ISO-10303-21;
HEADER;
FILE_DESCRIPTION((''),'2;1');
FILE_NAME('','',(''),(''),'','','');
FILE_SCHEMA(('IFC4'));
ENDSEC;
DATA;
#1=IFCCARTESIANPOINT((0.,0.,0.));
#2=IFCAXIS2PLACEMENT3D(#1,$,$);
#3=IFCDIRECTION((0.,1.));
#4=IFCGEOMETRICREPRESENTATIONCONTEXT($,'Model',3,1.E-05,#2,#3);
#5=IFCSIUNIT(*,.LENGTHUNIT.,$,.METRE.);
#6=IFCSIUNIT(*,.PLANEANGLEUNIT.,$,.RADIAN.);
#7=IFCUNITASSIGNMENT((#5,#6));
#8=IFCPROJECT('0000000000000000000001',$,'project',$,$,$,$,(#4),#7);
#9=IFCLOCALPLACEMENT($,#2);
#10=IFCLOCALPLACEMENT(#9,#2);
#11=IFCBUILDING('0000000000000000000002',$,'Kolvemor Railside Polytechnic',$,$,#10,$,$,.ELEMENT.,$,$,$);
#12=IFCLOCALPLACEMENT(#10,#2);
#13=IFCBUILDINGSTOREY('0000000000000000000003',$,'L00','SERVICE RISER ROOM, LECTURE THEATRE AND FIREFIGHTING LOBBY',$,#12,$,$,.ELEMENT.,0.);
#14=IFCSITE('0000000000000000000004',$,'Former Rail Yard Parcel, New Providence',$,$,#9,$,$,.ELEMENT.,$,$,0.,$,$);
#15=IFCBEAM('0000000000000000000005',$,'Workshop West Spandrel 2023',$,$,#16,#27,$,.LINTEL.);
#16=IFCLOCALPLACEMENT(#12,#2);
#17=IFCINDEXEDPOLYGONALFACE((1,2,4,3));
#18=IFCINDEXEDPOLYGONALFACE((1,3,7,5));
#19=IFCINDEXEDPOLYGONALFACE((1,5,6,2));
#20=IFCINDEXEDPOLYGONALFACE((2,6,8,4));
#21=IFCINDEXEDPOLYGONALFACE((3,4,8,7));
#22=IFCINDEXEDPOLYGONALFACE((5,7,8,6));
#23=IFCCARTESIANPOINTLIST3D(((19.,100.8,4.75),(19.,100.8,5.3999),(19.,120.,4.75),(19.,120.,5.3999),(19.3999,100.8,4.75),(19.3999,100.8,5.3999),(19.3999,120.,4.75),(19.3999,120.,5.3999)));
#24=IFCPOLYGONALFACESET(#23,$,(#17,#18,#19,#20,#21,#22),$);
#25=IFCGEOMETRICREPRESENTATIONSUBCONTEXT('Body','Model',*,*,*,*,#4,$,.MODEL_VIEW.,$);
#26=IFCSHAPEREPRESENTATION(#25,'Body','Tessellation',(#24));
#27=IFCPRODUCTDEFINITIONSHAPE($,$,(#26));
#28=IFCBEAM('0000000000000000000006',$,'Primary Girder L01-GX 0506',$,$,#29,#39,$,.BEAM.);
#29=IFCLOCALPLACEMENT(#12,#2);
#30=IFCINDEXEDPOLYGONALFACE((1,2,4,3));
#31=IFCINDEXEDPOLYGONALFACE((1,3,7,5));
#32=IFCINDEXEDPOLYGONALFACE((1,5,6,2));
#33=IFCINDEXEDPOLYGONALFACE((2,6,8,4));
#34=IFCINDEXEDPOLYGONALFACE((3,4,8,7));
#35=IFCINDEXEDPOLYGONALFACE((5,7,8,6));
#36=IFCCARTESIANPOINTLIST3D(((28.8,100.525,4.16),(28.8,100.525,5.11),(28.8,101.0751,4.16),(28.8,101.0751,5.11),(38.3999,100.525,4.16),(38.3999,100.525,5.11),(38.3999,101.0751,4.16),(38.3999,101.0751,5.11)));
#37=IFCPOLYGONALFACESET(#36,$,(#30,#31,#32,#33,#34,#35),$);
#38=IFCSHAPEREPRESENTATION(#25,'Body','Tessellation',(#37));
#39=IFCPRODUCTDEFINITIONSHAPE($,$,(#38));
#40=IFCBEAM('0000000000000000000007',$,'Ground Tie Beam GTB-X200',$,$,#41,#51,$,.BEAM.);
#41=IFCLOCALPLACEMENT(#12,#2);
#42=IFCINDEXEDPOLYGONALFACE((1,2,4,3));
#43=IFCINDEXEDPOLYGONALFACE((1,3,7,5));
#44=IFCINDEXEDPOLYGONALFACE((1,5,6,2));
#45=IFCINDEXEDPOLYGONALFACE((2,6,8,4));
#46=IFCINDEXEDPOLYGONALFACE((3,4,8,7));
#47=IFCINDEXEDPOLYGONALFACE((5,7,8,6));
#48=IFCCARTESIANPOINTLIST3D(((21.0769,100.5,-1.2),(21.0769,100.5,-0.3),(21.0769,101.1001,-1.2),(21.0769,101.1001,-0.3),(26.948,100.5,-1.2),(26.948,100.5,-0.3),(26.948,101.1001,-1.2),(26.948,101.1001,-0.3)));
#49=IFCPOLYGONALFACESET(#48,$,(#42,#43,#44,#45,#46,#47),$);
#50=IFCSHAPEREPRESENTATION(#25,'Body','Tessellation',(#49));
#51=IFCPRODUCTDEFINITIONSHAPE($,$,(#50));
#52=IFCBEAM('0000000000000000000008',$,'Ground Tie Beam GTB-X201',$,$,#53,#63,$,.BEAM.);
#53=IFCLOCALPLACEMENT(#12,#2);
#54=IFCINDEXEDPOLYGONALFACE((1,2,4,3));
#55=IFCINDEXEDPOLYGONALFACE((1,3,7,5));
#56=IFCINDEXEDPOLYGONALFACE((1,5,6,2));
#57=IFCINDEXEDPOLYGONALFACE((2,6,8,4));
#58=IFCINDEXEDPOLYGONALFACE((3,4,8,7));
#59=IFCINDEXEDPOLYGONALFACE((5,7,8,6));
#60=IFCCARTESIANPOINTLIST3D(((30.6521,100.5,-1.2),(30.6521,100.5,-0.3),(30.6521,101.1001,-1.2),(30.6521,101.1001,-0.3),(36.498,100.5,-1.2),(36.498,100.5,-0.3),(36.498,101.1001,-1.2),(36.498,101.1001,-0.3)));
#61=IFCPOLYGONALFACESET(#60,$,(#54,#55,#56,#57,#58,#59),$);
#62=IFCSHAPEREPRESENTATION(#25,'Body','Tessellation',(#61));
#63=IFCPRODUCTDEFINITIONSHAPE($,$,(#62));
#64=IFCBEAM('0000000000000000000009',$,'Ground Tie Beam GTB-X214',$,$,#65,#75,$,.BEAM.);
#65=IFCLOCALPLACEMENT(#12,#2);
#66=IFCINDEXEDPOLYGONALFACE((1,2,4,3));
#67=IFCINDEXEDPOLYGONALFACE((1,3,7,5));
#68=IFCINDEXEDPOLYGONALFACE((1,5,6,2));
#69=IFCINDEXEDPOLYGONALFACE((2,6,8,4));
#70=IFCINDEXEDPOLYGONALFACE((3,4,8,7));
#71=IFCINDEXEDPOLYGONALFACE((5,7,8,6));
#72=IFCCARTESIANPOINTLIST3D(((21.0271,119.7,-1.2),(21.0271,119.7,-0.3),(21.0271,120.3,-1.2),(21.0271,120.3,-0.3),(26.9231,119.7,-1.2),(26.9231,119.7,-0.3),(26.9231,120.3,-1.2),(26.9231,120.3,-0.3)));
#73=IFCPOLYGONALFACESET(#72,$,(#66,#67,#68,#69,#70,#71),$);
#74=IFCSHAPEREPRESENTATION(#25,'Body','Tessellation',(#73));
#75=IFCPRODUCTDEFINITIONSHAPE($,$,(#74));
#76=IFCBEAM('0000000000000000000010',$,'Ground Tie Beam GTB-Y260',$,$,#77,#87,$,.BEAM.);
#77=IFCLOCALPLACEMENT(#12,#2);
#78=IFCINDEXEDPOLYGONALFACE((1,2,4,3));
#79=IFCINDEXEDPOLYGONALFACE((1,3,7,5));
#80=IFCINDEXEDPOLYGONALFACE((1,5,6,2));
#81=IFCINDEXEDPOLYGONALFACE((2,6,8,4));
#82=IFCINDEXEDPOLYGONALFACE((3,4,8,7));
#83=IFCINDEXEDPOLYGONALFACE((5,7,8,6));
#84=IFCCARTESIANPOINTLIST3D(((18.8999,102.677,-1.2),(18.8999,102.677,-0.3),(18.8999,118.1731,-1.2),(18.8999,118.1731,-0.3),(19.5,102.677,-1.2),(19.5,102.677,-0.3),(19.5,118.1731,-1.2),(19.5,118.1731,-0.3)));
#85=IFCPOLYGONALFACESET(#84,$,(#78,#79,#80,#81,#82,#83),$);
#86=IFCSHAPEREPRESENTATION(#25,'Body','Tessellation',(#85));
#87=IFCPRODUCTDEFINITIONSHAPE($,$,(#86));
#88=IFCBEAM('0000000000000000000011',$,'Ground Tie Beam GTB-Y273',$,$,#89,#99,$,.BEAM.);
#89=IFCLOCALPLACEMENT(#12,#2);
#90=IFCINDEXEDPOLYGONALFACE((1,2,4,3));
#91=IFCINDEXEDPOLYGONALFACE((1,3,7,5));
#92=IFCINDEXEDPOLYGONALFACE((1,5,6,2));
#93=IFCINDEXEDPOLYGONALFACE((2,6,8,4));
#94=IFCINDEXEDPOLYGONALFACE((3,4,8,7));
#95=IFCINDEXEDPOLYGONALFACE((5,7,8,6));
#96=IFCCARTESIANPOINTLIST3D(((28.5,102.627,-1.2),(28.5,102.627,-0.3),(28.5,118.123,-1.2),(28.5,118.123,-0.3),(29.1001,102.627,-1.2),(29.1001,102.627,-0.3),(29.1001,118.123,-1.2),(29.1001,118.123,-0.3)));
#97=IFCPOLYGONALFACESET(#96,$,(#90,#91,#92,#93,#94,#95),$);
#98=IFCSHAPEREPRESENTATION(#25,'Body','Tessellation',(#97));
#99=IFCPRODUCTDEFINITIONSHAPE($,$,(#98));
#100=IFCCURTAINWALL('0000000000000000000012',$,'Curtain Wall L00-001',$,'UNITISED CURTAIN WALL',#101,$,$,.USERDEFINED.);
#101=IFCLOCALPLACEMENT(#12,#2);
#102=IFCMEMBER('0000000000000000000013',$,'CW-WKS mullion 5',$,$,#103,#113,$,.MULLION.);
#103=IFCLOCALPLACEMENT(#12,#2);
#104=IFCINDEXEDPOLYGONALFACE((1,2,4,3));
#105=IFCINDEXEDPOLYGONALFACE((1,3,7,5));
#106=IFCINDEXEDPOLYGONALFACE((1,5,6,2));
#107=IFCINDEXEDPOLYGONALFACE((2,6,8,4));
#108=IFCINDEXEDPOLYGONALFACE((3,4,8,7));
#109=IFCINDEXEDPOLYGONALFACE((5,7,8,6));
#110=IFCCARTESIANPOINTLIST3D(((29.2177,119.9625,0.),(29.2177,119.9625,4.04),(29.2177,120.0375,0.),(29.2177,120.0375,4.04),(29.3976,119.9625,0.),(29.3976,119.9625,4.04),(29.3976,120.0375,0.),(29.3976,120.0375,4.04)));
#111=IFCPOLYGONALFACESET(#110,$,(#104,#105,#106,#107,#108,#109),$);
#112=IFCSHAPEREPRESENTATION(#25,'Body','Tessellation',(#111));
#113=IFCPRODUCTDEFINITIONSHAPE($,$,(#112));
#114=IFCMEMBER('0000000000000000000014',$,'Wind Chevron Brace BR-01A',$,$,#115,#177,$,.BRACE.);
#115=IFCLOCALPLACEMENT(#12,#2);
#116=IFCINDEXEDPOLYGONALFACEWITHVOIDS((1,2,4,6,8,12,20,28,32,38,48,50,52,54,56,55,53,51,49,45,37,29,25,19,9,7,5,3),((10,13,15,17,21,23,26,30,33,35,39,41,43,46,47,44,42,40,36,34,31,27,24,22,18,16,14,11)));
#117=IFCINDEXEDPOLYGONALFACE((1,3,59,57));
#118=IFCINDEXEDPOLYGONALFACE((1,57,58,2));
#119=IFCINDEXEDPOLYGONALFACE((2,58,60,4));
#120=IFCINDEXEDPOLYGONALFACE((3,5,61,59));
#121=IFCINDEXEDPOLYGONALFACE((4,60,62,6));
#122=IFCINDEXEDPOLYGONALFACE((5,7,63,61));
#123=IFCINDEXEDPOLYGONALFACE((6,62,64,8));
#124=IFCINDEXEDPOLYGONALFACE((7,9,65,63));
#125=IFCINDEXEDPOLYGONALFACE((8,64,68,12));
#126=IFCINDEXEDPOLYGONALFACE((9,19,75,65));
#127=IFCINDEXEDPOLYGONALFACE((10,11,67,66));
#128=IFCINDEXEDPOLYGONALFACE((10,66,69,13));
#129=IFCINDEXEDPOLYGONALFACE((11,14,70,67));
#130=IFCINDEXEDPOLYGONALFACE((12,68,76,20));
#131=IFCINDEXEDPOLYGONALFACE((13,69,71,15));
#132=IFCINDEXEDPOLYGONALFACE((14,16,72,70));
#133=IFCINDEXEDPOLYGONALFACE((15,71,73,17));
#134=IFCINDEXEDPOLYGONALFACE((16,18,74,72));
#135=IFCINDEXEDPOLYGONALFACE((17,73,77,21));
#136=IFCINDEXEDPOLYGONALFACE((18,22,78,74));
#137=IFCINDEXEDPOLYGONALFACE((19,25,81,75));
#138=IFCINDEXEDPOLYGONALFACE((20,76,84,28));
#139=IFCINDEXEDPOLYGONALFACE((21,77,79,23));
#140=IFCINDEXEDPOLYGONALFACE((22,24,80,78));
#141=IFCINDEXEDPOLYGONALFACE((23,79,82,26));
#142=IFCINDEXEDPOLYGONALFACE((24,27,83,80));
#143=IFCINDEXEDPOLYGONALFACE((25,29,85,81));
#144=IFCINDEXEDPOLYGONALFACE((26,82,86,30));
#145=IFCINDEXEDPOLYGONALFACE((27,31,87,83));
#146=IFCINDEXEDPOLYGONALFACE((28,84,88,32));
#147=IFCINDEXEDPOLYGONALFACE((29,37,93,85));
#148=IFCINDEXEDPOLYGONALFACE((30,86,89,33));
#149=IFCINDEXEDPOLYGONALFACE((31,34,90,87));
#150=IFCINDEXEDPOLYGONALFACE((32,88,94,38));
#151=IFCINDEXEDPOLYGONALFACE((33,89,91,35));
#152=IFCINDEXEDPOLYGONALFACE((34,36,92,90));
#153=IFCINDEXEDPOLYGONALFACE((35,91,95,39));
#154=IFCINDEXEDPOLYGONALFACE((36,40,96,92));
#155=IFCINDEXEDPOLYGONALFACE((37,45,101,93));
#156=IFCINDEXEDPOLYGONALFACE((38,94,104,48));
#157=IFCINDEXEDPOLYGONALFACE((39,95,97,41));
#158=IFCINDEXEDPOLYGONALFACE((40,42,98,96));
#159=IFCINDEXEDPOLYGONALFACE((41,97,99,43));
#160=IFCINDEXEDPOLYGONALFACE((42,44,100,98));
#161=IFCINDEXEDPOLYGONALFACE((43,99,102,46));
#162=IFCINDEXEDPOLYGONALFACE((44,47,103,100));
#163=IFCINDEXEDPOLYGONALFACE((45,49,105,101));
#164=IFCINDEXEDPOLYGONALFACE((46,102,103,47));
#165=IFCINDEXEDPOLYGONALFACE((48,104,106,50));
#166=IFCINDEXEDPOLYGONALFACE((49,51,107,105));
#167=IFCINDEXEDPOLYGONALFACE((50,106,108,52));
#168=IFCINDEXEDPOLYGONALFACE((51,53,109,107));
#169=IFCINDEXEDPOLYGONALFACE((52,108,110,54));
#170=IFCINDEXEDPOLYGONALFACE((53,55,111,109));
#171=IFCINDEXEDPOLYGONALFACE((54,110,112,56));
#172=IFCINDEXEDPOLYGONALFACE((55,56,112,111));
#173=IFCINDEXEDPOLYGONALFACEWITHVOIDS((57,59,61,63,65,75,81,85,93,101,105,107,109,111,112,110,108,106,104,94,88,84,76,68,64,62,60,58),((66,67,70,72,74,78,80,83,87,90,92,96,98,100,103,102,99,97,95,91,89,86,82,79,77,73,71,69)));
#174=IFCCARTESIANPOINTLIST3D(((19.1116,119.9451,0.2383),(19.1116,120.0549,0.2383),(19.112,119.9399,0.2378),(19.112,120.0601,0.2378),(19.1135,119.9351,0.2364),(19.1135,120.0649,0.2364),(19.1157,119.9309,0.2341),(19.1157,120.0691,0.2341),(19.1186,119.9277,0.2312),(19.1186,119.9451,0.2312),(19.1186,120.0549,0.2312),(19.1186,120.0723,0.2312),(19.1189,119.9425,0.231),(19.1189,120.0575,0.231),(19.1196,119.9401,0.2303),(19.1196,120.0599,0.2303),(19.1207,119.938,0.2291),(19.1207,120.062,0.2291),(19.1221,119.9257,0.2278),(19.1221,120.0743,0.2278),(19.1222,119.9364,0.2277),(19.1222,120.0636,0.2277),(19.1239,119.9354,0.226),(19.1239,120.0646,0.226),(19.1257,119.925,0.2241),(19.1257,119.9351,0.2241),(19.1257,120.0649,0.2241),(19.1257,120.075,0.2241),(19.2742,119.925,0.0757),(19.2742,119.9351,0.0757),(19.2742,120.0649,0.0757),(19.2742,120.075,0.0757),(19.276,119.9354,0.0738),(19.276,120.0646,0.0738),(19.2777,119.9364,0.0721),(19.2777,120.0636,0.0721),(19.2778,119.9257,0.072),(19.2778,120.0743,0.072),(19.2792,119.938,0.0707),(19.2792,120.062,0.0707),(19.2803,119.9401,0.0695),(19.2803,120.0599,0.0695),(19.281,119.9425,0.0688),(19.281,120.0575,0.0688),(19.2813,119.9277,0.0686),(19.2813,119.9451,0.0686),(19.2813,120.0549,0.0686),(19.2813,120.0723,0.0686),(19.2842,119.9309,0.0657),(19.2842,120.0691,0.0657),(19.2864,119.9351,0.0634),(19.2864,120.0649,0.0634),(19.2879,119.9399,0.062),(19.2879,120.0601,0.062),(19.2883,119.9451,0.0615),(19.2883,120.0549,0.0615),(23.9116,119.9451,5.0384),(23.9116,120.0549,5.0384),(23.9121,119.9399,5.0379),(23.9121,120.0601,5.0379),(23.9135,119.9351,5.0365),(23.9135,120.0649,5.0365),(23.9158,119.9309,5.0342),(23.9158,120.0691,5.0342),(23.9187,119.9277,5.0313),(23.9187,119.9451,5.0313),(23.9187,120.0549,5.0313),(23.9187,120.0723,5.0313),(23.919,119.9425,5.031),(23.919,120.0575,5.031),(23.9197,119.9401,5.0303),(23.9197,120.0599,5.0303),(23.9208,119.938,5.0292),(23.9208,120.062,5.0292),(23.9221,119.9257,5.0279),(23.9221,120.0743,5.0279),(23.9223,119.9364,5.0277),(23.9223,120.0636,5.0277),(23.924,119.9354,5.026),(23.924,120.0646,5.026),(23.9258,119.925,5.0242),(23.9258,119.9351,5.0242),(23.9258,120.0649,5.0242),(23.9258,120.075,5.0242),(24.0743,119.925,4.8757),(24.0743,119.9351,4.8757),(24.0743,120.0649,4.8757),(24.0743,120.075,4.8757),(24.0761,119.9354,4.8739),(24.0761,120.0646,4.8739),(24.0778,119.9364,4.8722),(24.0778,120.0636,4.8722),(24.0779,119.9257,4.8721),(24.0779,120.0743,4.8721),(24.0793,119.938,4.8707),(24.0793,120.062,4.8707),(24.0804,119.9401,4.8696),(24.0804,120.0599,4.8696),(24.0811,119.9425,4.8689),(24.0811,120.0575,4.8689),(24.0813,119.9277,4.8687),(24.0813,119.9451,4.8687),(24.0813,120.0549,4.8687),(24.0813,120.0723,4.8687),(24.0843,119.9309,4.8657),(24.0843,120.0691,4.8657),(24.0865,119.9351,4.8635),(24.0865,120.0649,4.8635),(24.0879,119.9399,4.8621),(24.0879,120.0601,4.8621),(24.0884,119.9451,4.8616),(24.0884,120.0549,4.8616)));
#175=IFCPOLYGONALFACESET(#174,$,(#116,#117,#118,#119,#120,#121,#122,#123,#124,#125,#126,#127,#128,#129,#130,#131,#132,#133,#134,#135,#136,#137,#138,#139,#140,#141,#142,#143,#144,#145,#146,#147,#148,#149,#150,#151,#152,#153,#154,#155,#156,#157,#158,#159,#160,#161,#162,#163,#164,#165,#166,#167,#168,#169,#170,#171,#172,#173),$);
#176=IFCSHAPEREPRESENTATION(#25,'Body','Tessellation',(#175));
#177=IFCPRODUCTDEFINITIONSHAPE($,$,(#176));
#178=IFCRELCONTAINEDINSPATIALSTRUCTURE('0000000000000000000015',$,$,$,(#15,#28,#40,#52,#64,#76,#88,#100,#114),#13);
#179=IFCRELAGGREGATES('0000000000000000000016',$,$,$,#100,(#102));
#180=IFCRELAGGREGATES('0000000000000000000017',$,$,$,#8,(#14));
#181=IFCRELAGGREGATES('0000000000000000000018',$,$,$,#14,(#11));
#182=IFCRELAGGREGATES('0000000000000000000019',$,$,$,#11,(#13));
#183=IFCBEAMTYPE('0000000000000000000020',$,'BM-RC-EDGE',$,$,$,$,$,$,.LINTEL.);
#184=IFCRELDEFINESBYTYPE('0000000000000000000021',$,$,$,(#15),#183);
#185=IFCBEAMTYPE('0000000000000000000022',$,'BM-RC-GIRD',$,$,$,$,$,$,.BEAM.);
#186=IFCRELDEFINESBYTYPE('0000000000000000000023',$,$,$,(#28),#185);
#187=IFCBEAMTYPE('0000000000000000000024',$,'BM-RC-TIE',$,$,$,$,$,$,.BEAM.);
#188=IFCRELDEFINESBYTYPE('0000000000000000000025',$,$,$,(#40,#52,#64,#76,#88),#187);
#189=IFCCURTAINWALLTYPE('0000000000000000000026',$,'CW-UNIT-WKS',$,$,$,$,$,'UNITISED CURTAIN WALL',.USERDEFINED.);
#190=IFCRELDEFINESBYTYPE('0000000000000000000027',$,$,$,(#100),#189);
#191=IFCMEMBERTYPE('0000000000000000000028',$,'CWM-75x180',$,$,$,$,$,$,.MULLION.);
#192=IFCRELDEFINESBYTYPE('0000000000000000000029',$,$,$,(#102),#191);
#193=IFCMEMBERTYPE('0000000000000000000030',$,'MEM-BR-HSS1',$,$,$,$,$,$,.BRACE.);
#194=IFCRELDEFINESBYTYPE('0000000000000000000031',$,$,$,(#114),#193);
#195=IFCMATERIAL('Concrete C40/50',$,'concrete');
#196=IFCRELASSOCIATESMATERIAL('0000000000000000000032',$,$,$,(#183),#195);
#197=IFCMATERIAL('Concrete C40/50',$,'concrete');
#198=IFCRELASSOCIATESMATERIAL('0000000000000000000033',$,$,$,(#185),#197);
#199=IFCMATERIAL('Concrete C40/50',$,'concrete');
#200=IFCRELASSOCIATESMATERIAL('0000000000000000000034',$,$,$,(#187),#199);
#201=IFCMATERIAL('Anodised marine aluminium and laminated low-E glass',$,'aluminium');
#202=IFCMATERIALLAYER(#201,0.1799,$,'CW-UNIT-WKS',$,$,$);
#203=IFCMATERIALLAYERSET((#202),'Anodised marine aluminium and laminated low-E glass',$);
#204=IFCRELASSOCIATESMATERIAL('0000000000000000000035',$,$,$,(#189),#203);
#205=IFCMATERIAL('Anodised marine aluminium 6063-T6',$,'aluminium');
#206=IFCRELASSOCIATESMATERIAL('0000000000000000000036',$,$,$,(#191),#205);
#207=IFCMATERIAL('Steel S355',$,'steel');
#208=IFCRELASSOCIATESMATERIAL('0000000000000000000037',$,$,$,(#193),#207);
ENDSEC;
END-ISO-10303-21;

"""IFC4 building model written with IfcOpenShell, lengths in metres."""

from ifc_helpers import new_model, si_unit, direction, frame, origin, origin_2d, place, context, subcontext, project, spatial, rectangle, hollow_rectangle, extrude, material, layer, layer_set, material_profile, profile_set, type_object, element, aggregate, save


model = new_model("IFC4")

# Units and contexts
model_context = context("Model", 3, precision=1e-05, world=origin(), true_north=direction((0.0, 1.0)))
body_context = subcontext(model_context, "Body", "Model", "MODEL_VIEW")
ifc_project = project(units=[si_unit("LENGTHUNIT", "METRE"), si_unit("PLANEANGLEUNIT", "RADIAN")], contexts=[model_context])

# Site, building, storey
site_placement = place(None, origin())
site = spatial("IfcSite", under=ifc_project, at=site_placement, Name="Former Rail Yard Parcel, New Providence", CompositionType="ELEMENT", RefElevation=0.0)
building_placement = place(site_placement, origin())
building = spatial("IfcBuilding", under=site, at=building_placement, Name="Kolvemor Railside Polytechnic", CompositionType="ELEMENT")
storey_placement = place(building_placement, origin())
storey = spatial("IfcBuildingStorey", under=building, at=storey_placement, Name="L00", Description="SERVICE RISER ROOM, LECTURE THEATRE AND FIREFIGHTING LOBBY", CompositionType="ELEMENT", Elevation=0.0)

# Beams
ifc_material_1 = material(Name="Concrete C40/50", Category="concrete")
ifc_material_profile_1 = material_profile(ifc_material_1, rectangle(XDim=0.3999, YDim=0.6499, at=origin_2d()), Name="RC400x650")
ifc_profile_set_1 = profile_set([ifc_material_profile_1], Name="Concrete C40/50")
beam_type_1 = type_object("IfcBeamType", Name="BM-RC-EDGE", PredefinedType="LINTEL", material=ifc_profile_set_1)
beam_1_placement = place(storey_placement, frame((19.2, 100.8, 5.075), z_axis=(0.0, 1.0, 0.0), x_axis=(-1.0, 0.0, 0.0)))
element("IfcBeam", 1, at=beam_1_placement, inside=storey, type_object=beam_type_1, Name="Workshop West Spandrel 2023", PredefinedType="LINTEL", context=body_context, shape_type="SweptSolid", body=[
    extrude(rectangle(XDim=0.3999, YDim=0.6499, at=origin_2d()), origin(), (0.0, 0.0, 1.0), 19.2),
])
ifc_material_2 = material(Name="Concrete C40/50", Category="concrete")
ifc_material_profile_2 = material_profile(ifc_material_2, rectangle(XDim=0.55, YDim=0.95, at=origin_2d()), Name="RC550x950")
ifc_profile_set_2 = profile_set([ifc_material_profile_2], Name="Concrete C40/50")
beam_type_2 = type_object("IfcBeamType", Name="BM-RC-GIRD", PredefinedType="BEAM", material=ifc_profile_set_2)
beam_2_placement = place(storey_placement, frame((28.8, 100.8, 4.635), z_axis=(1.0, 0.0, 0.0), x_axis=(0.0, 1.0, 0.0)))
element("IfcBeam", 2, at=beam_2_placement, inside=storey, type_object=beam_type_2, Name="Primary Girder L01-GX 0506", PredefinedType="BEAM", context=body_context, shape_type="SweptSolid", body=[
    extrude(rectangle(XDim=0.55, YDim=0.95, at=origin_2d()), origin(), (0.0, 0.0, 1.0), 9.5999),
])
ifc_material_3 = material(Name="Concrete C40/50", Category="concrete")
ifc_material_profile_3 = material_profile(ifc_material_3, rectangle(XDim=0.6001, YDim=0.8999, at=origin_2d()), Name="RC600x900")
ifc_profile_set_3 = profile_set([ifc_material_profile_3], Name="Concrete C40/50")
beam_type_3 = type_object("IfcBeamType", Name="BM-RC-TIE", PredefinedType="BEAM", material=ifc_profile_set_3)
beam_3_placement = place(storey_placement, frame((21.0769, 100.8, -0.75), z_axis=(1.0, 0.0, 0.0), x_axis=(0.0, 1.0, 0.0)))
element("IfcBeam", 3, at=beam_3_placement, inside=storey, type_object=beam_type_3, Name="Ground Tie Beam GTB-X200", PredefinedType="BEAM", context=body_context, shape_type="SweptSolid", body=[
    extrude(rectangle(XDim=0.6001, YDim=0.8999, at=origin_2d()), origin(), (0.0, 0.0, 1.0), 5.8711),
])
beam_4_placement = place(storey_placement, frame((30.6521, 100.8, -0.75), z_axis=(1.0, 0.0, 0.0), x_axis=(0.0, 1.0, 0.0)))
element("IfcBeam", 4, at=beam_4_placement, inside=storey, type_object=beam_type_3, Name="Ground Tie Beam GTB-X201", PredefinedType="BEAM", context=body_context, shape_type="SweptSolid", body=[
    extrude(rectangle(XDim=0.6001, YDim=0.8999, at=origin_2d()), origin(), (0.0, 0.0, 1.0), 5.8459),
])
beam_5_placement = place(storey_placement, frame((21.0271, 120.0, -0.75), z_axis=(1.0, 0.0, 0.0), x_axis=(0.0, 1.0, 0.0)))
element("IfcBeam", 5, at=beam_5_placement, inside=storey, type_object=beam_type_3, Name="Ground Tie Beam GTB-X214", PredefinedType="BEAM", context=body_context, shape_type="SweptSolid", body=[
    extrude(rectangle(XDim=0.6001, YDim=0.8999, at=origin_2d()), origin(), (0.0, 0.0, 1.0), 5.896),
])
for number, where, z_axis, x_axis, name in (
    (6, (19.2, 102.677, -0.75), (0.0, 1.0, 0.0), (-1.0, 0.0, 0.0), "Ground Tie Beam GTB-Y260"),
    (7, (28.8, 102.627, -0.75), (0.0, 1.0, 0.0), (-1.0, 0.0, 0.0), "Ground Tie Beam GTB-Y273"),
):
    element("IfcBeam", number, at=place(storey_placement, frame(where, z_axis=z_axis, x_axis=x_axis)), inside=storey, type_object=beam_type_3, Name=name, PredefinedType="BEAM", context=body_context, shape_type="SweptSolid", body=[
        extrude(rectangle(XDim=0.6001, YDim=0.8999, at=origin_2d()), origin(), (0.0, 0.0, 1.0), 15.4961),
    ])

# Curtain wall, member
ifc_material_4 = material(Name="Anodised marine aluminium and laminated low-E glass", Category="aluminium")
ifc_layer_1 = layer(ifc_material_4, 0.1799, Name="CW-UNIT-WKS")
ifc_layer_set_1 = layer_set([ifc_layer_1], Name="Anodised marine aluminium and laminated low-E glass")
curtain_wall_type = type_object("IfcCurtainWallType", Name="CW-UNIT-WKS", ElementType="UNITISED CURTAIN WALL", PredefinedType="USERDEFINED", material=ifc_layer_set_1)
curtain_wall_placement = place(storey_placement, origin())
curtain_wall = element("IfcCurtainWall", 8, at=curtain_wall_placement, inside=storey, type_object=curtain_wall_type, Name="Curtain Wall L00-001", ObjectType="UNITISED CURTAIN WALL", PredefinedType="USERDEFINED")
ifc_material_5 = material(Name="Anodised marine aluminium 6063-T6", Category="aluminium")
ifc_material_profile_4 = material_profile(ifc_material_5, rectangle(XDim=0.075, YDim=0.1799, at=origin_2d()), Name="CW-MUL-75x180")
ifc_profile_set_4 = profile_set([ifc_material_profile_4], Name="Anodised marine aluminium 6063-T6")
member_type_1 = type_object("IfcMemberType", Name="CWM-75x180", PredefinedType="MULLION", material=ifc_profile_set_4)
member_placement = place(storey_placement, frame((29.3076, 120.0, 0.0), z_axis=(0.0, 0.0, 1.0), x_axis=(0.0, -1.0, 0.0)))
member = element("IfcMember", 9, at=member_placement, type_object=member_type_1, Name="CW-WKS mullion 5", PredefinedType="MULLION", context=body_context, shape_type="SweptSolid", body=[
    extrude(rectangle(XDim=0.075, YDim=0.1799, at=origin_2d()), origin(), (0.0, 0.0, 1.0), 4.04),
])

# Member
ifc_material_6 = material(Name="Steel S355", Category="steel")
ifc_material_profile_5 = material_profile(ifc_material_6, hollow_rectangle(XDim=0.1499, YDim=0.25, WallThickness=0.01, InnerFilletRadius=0.01, OuterFilletRadius=0.02, at=origin_2d()), Name="HSS250x150x10")
ifc_profile_set_5 = profile_set([ifc_material_profile_5], Name="Steel S355")
member_type_2 = type_object("IfcMemberType", Name="MEM-BR-HSS1", PredefinedType="BRACE", material=ifc_profile_set_5)
for number, where, z_axis, x_axis, name in (
    (10, (19.2, 120.0, 0.1499), (0.707107, 0.0, 0.707107), (0.0, 1.0, 0.0), "Wind Chevron Brace BR-01A"),
):
    element("IfcMember", number, at=place(storey_placement, frame(where, z_axis=z_axis, x_axis=x_axis)), inside=storey, type_object=member_type_2, Name=name, PredefinedType="BRACE", context=body_context, shape_type="SweptSolid", body=[
        extrude(hollow_rectangle(XDim=0.1499, YDim=0.25, WallThickness=0.01, InnerFilletRadius=0.01, OuterFilletRadius=0.02, at=origin_2d()), origin(), (0.0, 0.0, 1.0), 6.7883),
    ])

aggregate(curtain_wall, [member])

save(model, "model.ifc")
